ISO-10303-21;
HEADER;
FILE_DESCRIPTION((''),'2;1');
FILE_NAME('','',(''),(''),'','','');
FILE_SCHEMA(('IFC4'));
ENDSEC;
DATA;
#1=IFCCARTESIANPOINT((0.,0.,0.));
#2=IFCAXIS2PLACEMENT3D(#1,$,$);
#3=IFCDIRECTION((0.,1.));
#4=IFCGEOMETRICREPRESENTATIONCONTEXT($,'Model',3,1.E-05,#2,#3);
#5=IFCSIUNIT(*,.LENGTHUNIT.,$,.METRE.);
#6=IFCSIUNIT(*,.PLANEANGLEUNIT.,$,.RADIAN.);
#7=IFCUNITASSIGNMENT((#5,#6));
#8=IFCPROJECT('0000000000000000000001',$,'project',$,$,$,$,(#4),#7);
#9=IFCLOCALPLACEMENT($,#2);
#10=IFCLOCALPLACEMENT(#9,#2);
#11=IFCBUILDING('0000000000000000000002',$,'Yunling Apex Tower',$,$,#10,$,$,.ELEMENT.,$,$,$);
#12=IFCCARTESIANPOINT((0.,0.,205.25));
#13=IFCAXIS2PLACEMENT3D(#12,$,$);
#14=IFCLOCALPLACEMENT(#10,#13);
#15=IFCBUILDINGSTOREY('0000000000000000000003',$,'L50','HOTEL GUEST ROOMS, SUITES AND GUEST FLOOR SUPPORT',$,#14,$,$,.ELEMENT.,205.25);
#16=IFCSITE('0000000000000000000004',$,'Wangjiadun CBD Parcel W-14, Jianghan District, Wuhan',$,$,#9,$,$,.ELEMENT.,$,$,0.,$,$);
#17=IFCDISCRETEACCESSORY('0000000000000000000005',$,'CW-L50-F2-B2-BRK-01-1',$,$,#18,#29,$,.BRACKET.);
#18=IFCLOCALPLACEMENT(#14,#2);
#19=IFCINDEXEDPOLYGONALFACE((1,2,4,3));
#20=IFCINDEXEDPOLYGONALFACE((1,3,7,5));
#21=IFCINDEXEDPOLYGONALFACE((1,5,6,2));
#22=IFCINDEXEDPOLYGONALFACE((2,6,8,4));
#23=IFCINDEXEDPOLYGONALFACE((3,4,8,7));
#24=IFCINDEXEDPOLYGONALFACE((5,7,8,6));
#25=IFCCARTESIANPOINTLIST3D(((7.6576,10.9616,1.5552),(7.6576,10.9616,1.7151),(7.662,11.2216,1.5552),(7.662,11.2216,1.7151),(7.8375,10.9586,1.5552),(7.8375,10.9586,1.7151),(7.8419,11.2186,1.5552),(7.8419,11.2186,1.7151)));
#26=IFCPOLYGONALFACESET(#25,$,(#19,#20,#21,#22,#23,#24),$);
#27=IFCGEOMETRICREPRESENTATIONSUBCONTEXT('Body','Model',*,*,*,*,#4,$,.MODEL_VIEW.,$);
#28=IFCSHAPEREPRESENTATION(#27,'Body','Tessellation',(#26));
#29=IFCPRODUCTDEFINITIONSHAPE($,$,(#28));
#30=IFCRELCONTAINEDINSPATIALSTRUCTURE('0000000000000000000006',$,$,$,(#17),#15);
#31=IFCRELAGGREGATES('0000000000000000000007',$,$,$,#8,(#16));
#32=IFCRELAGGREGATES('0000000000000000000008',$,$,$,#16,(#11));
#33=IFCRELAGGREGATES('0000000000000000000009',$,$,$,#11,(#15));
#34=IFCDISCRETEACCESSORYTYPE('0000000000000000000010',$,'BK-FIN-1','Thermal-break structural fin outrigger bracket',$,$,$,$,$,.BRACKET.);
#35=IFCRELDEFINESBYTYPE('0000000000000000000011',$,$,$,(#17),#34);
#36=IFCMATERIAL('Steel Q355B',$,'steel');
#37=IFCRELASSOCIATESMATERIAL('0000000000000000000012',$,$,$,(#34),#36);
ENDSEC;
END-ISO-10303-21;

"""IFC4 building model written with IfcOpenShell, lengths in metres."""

from ifc_helpers import new_model, si_unit, direction, frame, origin, origin_2d, place, context, subcontext, project, spatial, rectangle, extrude, source, transform, mapped, material, type_object, element, save


model = new_model("IFC4")

# Units and contexts
model_context = context("Model", 3, precision=1e-05, world=origin(), true_north=direction((0.0, 1.0)))
body_context = subcontext(model_context, "Body", "Model", "MODEL_VIEW")
ifc_project = project(units=[si_unit("LENGTHUNIT", "METRE"), si_unit("PLANEANGLEUNIT", "RADIAN")], contexts=[model_context])

# Site, building, storey
site_placement = place(None, origin())
site = spatial("IfcSite", under=ifc_project, at=site_placement, Name="Wangjiadun CBD Parcel W-14, Jianghan District, Wuhan", CompositionType="ELEMENT", RefElevation=0.0)
building_placement = place(site_placement, origin())
building = spatial("IfcBuilding", under=site, at=building_placement, Name="Yunling Apex Tower", CompositionType="ELEMENT")
storey_placement = place(building_placement, frame((0.0, 0.0, 205.25)))
storey = spatial("IfcBuildingStorey", under=building, at=storey_placement, Name="L50", Description="HOTEL GUEST ROOMS, SUITES AND GUEST FLOOR SUPPORT", CompositionType="ELEMENT", Elevation=205.25)

# Shared definitions
ifc_material_1 = material(Name="Steel Q355B", Category="steel")

# Discrete accessory
discrete_accessory_type = type_object("IfcDiscreteAccessoryType", Name="BK-FIN-1", Description="Thermal-break structural fin outrigger bracket", PredefinedType="BRACKET", material=ifc_material_1)
shared_shape_1 = source(origin(), body_context, "Body", "SweptSolid", [
    extrude(rectangle(XDim=0.1799, YDim=0.26, at=origin_2d()), origin(), (0.0, 0.0, 1.0), 0.1599),
])
discrete_accessory_placement = place(storey_placement, frame((7.7498, 11.0901, 1.5552), z_axis=(0.0, 0.0, 1.0), x_axis=(-0.99986, 0.016754, 0.0)))
element("IfcDiscreteAccessory", 1, at=discrete_accessory_placement, inside=storey, type_object=discrete_accessory_type, Name="CW-L50-F2-B2-BRK-01-1", PredefinedType="BRACKET", context=body_context, shape_type="MappedRepresentation", body=[
    mapped(shared_shape_1, transform((0.0, 0.0, 0.0), scale=1.0)),
])

save(model, "model.ifc")
